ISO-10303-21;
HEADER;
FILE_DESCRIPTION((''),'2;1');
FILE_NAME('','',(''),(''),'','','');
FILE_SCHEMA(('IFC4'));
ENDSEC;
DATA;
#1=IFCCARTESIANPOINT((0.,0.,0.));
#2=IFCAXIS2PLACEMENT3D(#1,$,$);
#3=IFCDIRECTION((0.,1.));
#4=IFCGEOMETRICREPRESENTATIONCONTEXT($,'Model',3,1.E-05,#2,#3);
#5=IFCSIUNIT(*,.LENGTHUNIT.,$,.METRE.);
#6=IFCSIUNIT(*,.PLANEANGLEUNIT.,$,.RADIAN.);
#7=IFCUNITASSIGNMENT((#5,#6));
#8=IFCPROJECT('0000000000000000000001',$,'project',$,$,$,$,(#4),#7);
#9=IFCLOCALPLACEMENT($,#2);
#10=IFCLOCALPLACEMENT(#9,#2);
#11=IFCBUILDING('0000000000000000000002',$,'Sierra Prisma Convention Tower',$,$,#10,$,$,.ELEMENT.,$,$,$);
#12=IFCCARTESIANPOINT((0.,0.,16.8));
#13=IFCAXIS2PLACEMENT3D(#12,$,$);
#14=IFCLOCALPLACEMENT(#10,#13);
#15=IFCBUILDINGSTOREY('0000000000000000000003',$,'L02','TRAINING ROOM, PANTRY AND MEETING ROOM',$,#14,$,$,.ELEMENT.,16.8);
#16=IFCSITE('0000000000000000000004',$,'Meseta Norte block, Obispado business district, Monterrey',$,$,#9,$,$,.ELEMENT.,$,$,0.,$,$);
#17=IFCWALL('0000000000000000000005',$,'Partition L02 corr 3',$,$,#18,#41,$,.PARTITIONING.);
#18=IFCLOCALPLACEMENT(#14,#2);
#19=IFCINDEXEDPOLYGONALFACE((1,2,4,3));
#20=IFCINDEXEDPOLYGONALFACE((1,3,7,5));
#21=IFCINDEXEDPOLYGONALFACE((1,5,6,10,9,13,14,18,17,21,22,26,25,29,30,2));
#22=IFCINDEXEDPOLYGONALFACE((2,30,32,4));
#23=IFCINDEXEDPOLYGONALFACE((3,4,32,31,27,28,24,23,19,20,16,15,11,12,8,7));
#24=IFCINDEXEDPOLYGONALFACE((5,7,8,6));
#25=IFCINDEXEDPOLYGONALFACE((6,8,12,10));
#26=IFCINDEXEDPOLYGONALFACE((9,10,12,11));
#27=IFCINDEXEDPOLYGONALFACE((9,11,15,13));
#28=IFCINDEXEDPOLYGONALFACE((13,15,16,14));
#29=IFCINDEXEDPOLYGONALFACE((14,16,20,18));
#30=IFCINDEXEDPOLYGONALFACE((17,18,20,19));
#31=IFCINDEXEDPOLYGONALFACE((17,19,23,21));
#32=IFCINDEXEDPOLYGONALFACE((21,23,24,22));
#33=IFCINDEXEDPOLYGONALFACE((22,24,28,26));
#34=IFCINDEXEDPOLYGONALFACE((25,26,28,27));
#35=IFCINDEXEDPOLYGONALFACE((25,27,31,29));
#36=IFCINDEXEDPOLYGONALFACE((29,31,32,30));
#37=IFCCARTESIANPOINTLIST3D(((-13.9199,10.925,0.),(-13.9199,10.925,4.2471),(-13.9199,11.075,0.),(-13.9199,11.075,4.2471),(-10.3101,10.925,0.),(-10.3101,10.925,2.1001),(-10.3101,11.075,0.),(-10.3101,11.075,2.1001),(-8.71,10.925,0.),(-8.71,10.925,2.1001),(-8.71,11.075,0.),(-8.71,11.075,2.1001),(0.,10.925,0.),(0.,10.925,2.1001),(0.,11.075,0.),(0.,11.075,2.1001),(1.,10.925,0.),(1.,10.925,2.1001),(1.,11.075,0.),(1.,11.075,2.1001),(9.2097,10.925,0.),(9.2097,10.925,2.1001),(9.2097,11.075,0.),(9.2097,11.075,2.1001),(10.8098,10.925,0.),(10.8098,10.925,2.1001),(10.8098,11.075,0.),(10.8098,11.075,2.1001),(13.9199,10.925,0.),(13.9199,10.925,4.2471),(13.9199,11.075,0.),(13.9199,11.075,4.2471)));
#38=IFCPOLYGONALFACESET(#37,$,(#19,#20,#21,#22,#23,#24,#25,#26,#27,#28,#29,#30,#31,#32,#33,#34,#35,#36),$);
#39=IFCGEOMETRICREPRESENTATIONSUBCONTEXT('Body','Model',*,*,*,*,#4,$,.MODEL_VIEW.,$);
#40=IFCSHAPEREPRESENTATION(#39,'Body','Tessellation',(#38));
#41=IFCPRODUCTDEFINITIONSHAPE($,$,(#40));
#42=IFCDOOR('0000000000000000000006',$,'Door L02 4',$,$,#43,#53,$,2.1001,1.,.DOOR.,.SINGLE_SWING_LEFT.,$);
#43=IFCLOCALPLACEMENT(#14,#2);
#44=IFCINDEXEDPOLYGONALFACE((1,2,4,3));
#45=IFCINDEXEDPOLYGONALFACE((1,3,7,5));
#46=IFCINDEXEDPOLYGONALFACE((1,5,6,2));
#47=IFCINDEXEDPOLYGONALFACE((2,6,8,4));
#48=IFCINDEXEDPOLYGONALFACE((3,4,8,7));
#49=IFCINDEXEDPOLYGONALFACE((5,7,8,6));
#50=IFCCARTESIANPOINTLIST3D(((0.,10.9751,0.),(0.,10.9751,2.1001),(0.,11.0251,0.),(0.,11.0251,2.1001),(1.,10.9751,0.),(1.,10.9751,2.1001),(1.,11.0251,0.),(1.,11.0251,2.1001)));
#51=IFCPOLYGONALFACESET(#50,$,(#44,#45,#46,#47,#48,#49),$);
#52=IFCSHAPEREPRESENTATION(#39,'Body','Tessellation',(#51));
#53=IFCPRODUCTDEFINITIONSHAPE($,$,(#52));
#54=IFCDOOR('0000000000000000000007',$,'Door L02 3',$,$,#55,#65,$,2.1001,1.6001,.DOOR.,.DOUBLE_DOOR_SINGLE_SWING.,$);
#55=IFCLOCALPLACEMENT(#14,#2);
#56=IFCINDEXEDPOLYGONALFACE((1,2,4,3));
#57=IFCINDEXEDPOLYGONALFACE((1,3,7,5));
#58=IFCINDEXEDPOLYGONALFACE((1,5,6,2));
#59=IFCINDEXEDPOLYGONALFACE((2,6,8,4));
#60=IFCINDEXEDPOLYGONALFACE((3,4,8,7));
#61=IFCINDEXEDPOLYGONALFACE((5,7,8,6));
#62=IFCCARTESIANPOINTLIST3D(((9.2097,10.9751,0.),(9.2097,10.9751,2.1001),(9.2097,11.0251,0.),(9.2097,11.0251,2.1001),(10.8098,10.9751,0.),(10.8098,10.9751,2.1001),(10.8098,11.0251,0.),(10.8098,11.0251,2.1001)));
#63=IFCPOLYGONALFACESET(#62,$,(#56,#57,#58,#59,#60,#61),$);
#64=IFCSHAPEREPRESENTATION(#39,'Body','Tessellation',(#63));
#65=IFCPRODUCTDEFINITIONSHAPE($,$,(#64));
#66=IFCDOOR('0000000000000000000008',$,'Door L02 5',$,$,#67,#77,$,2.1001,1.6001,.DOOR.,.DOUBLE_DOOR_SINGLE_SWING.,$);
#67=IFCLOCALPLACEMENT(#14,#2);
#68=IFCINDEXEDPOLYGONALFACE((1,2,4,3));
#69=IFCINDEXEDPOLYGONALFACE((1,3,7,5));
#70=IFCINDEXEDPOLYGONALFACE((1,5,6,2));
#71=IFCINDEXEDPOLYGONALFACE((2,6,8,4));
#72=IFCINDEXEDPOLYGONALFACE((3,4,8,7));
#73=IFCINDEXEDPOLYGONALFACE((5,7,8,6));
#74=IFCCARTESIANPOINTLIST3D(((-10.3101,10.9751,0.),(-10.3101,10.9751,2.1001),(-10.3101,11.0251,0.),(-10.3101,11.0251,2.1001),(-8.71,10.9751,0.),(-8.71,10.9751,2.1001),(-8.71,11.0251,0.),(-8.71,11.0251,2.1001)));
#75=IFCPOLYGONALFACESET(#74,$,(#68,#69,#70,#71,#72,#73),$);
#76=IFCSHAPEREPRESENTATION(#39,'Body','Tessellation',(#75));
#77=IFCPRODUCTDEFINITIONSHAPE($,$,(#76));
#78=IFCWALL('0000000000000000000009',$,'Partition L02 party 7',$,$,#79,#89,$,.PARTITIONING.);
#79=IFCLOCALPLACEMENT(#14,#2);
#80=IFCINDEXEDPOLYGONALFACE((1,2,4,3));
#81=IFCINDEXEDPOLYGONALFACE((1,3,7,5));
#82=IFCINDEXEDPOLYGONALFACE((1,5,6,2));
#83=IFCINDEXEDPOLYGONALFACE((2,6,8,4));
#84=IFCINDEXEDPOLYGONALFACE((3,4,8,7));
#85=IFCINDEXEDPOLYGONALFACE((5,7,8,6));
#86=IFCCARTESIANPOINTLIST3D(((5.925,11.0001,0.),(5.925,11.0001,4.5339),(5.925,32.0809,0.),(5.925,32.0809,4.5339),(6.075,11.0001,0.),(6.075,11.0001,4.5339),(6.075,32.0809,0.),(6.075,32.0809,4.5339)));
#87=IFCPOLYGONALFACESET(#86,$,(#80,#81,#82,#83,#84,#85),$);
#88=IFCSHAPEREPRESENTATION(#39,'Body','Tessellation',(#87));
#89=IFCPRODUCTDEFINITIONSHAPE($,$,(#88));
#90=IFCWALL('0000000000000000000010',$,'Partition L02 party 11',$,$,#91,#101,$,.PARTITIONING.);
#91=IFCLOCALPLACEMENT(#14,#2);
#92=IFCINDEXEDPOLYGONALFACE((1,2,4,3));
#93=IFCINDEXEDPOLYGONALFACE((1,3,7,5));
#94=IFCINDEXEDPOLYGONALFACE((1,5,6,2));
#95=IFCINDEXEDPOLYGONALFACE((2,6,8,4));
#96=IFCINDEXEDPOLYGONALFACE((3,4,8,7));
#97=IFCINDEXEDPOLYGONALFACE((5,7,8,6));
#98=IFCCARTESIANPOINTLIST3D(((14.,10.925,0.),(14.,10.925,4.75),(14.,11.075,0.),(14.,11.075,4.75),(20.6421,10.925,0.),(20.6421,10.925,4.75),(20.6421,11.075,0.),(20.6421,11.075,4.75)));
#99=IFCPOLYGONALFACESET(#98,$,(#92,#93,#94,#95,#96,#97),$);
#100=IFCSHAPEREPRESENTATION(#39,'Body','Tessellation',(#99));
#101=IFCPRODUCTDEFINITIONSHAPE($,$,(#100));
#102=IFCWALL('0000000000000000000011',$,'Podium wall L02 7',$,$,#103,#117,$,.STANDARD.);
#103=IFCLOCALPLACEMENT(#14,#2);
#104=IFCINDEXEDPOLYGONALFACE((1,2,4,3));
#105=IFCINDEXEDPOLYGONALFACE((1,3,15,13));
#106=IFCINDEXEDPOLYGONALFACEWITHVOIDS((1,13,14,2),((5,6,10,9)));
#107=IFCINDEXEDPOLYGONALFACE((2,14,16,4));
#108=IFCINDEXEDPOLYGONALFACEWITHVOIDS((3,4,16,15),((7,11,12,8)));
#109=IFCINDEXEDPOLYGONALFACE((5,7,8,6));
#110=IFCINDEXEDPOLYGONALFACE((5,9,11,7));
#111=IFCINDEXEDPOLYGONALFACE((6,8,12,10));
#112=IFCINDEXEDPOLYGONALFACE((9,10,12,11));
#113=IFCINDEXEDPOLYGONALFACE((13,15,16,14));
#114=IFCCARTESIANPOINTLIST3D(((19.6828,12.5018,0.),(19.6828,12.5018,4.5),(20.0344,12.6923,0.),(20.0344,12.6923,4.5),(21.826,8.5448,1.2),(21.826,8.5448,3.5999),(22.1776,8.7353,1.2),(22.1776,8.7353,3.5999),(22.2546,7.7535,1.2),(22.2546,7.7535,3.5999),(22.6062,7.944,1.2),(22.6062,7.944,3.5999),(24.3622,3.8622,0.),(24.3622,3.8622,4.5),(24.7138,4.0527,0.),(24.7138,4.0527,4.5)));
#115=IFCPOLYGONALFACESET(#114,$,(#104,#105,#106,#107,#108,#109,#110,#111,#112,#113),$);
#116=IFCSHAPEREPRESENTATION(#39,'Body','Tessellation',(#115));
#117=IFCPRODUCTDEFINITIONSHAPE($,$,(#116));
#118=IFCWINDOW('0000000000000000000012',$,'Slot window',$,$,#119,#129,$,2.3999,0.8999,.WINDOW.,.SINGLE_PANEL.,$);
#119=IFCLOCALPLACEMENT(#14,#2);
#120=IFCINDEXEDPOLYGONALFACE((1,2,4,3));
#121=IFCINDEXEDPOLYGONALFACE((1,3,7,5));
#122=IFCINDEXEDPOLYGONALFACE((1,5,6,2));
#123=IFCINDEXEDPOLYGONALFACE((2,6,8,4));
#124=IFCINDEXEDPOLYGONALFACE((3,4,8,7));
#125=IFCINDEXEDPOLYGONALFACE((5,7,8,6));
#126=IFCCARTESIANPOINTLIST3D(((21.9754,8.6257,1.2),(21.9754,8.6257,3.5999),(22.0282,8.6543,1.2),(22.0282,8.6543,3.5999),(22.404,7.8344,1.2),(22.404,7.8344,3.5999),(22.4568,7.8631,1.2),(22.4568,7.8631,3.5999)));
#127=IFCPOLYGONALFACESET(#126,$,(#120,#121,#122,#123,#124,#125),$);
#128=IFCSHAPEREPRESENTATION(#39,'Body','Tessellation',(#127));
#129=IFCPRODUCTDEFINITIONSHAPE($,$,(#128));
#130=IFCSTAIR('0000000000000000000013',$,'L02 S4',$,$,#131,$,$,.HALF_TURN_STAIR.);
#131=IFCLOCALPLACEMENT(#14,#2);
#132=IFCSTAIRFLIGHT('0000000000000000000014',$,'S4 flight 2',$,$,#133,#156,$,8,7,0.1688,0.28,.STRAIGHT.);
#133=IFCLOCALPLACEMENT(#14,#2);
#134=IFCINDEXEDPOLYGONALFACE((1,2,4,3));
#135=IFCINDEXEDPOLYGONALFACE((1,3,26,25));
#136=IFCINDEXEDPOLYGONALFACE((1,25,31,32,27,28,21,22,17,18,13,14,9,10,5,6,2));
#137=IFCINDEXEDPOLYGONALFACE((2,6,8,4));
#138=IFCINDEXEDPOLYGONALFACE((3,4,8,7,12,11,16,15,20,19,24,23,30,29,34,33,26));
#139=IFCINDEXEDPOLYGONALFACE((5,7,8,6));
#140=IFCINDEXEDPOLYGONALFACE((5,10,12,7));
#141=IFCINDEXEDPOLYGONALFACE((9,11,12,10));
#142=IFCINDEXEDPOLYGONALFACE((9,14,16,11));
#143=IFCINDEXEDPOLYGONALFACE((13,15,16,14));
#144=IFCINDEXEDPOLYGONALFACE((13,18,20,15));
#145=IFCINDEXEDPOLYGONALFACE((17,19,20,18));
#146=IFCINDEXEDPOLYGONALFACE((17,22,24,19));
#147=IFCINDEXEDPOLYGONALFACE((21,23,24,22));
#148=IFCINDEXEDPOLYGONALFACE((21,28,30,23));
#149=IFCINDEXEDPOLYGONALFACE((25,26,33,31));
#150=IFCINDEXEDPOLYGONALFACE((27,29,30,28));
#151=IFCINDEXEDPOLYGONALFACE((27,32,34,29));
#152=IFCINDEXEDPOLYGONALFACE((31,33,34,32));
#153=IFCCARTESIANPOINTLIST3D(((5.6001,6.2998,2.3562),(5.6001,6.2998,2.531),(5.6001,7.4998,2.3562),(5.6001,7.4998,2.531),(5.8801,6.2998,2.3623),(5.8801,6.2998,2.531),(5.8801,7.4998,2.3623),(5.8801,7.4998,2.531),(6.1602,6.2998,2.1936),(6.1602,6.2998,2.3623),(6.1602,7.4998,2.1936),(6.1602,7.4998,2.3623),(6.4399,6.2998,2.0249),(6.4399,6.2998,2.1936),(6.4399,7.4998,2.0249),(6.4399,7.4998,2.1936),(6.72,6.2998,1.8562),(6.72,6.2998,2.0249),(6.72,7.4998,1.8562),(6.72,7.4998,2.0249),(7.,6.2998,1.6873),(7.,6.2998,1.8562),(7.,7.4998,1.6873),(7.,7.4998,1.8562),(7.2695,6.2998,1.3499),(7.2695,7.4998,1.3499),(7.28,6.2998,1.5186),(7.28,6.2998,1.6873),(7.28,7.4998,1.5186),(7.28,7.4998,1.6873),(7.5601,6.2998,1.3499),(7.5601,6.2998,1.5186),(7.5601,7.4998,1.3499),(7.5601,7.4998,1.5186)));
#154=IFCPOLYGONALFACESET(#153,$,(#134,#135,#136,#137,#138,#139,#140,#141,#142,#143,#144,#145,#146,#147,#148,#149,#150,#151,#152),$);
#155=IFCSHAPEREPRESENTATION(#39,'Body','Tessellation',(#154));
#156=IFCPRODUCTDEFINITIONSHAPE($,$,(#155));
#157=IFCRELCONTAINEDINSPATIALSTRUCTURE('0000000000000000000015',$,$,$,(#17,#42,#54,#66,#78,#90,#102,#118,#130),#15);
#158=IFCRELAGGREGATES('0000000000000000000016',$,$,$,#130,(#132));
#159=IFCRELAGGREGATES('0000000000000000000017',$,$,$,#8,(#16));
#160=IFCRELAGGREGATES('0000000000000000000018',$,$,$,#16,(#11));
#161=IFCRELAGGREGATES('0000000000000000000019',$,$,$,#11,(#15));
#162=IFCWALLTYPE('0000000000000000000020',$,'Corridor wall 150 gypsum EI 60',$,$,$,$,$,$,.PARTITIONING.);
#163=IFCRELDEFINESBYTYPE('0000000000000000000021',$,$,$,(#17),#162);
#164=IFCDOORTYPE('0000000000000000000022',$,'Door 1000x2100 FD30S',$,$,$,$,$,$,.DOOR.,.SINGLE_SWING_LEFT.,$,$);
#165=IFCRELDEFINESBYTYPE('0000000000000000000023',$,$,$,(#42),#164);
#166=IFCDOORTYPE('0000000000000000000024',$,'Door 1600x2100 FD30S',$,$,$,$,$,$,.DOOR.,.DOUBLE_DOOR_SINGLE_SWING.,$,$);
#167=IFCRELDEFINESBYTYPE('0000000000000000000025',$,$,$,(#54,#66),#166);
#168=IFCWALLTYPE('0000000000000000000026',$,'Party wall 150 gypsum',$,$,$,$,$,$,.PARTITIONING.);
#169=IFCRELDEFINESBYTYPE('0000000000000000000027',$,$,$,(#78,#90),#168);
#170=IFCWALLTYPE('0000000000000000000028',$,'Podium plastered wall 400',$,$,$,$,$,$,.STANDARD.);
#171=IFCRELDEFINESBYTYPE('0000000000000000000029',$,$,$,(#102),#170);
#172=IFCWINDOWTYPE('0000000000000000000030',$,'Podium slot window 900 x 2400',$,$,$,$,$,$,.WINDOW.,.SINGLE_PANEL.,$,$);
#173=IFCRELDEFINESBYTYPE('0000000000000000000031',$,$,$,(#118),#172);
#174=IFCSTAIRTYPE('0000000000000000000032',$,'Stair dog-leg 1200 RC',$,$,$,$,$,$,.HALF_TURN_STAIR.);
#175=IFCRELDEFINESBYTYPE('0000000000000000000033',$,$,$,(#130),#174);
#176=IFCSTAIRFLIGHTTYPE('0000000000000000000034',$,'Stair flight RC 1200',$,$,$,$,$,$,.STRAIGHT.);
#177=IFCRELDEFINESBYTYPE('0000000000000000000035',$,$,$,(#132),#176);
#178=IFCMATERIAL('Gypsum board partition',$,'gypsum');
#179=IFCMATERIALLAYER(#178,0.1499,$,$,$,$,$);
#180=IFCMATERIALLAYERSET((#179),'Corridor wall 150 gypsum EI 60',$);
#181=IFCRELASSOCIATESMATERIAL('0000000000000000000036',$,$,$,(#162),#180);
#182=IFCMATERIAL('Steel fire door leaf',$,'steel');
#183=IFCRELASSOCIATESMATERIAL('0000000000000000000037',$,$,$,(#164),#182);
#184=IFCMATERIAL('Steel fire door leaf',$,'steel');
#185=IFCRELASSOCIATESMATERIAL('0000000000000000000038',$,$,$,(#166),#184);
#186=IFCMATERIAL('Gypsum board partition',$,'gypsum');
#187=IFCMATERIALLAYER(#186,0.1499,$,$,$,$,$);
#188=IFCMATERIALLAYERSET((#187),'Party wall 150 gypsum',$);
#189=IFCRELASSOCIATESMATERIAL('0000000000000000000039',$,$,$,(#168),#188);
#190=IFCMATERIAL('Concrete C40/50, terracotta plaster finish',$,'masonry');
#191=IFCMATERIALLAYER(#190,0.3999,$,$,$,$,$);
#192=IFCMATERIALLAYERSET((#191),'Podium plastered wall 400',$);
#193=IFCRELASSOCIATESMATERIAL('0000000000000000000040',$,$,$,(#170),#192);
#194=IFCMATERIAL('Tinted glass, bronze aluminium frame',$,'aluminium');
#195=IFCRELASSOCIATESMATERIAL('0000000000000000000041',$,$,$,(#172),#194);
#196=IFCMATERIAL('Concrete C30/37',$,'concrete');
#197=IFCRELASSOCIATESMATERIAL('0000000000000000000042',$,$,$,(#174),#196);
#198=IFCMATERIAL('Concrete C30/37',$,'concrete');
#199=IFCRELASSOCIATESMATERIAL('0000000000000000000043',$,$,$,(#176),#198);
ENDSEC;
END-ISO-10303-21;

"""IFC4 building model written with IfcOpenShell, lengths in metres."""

from ifc_helpers import new_model, si_unit, direction, frame, frame_2d, origin, place, context, subcontext, project, spatial, polyline, rectangle, outline, extrude, material, layer, layer_set, type_object, element, fill, aggregate, save


model = new_model("IFC4")

# Units and contexts
model_context = context("Model", 3, precision=1e-05, world=origin(), true_north=direction((0.0, 1.0)))
body_context = subcontext(model_context, "Body", "Model", "MODEL_VIEW")
ifc_project = project(units=[si_unit("LENGTHUNIT", "METRE"), si_unit("PLANEANGLEUNIT", "RADIAN")], contexts=[model_context])

# Site, building, storey
site_placement = place(None, origin())
site = spatial("IfcSite", under=ifc_project, at=site_placement, Name="Meseta Norte block, Obispado business district, Monterrey", CompositionType="ELEMENT", RefElevation=0.0)
building_placement = place(site_placement, origin())
building = spatial("IfcBuilding", under=site, at=building_placement, Name="Sierra Prisma Convention Tower", CompositionType="ELEMENT")
storey_placement = place(building_placement, frame((0.0, 0.0, 16.8)))
storey = spatial("IfcBuildingStorey", under=building, at=storey_placement, Name="L02", Description="TRAINING ROOM, PANTRY AND MEETING ROOM", CompositionType="ELEMENT", Elevation=16.8)

# Wall, openings, doors
ifc_material_1 = material(Name="Gypsum board partition", Category="gypsum")
ifc_layer_1 = layer(ifc_material_1, 0.1499)
ifc_layer_set_1 = layer_set([ifc_layer_1], Name="Corridor wall 150 gypsum EI 60")
wall_type_1 = type_object("IfcWallType", Name="Corridor wall 150 gypsum EI 60", PredefinedType="PARTITIONING", material=ifc_layer_set_1)
wall_1_placement = place(storey_placement, frame((13.9199, 11.0, 0.0), z_axis=(0.0, 0.0, 1.0), x_axis=(-1.0, 0.0, 0.0)))
wall_1 = element("IfcWall", 1, at=wall_1_placement, inside=storey, type_object=wall_type_1, Name="Partition L02 corr 3", PredefinedType="PARTITIONING", context=body_context, shape_type="SweptSolid", body=[
    extrude(rectangle(XDim=27.8398, YDim=0.1499, at=frame_2d((13.9199, 0.0))), origin(), (0.0, 0.0, 1.0), 4.2471),
])
opening_1_placement = place(wall_1_placement, frame((3.1101, 0.0, 0.0)))
opening_1 = element("IfcOpeningElement", 2, at=opening_1_placement, cuts=wall_1, PredefinedType="OPENING", context=body_context, shape_type="SweptSolid", body=[
    extrude(rectangle(XDim=1.6001, YDim=2.1001, at=frame_2d((0.8, 1.05))), frame((0.0, 0.075, 0.0), z_axis=(0.0, -1.0, 0.0), x_axis=(1.0, 0.0, 0.0)), (0.0, 0.0, 1.0), 0.1499),
])
opening_2_placement = place(wall_1_placement, frame((12.9199, 0.0, 0.0)))
opening_2 = element("IfcOpeningElement", 3, at=opening_2_placement, cuts=wall_1, PredefinedType="OPENING", context=body_context, shape_type="SweptSolid", body=[
    extrude(rectangle(XDim=1.0, YDim=2.1001, at=frame_2d((0.5, 1.05))), frame((0.0, 0.075, 0.0), z_axis=(0.0, -1.0, 0.0), x_axis=(1.0, 0.0, 0.0)), (0.0, 0.0, 1.0), 0.1499),
])
opening_3_placement = place(wall_1_placement, frame((22.6299, 0.0, 0.0)))
opening_3 = element("IfcOpeningElement", 4, at=opening_3_placement, cuts=wall_1, PredefinedType="OPENING", context=body_context, shape_type="SweptSolid", body=[
    extrude(rectangle(XDim=1.6001, YDim=2.1001, at=frame_2d((0.8, 1.05))), frame((0.0, 0.075, 0.0), z_axis=(0.0, -1.0, 0.0), x_axis=(1.0, 0.0, 0.0)), (0.0, 0.0, 1.0), 0.1499),
])
ifc_material_2 = material(Name="Steel fire door leaf", Category="steel")
door_type_1 = type_object("IfcDoorType", Name="Door 1000x2100 FD30S", OperationType="SINGLE_SWING_LEFT", PredefinedType="DOOR", material=ifc_material_2)
door_1_placement = place(opening_2_placement, origin())
door_1 = element("IfcDoor", 5, at=door_1_placement, inside=storey, type_object=door_type_1, Name="Door L02 4", OperationType="SINGLE_SWING_LEFT", OverallHeight=2.1001, OverallWidth=1.0, PredefinedType="DOOR", context=body_context, shape_type="SweptSolid", body=[
    extrude(rectangle(XDim=1.0, YDim=2.1001, at=frame_2d((0.5, 1.05))), frame((0.0, 0.0249, 0.0), z_axis=(0.0, -1.0, 0.0), x_axis=(1.0, 0.0, 0.0)), (0.0, 0.0, 1.0), 0.05),
])
fill(opening_2, door_1)
ifc_material_3 = material(Name="Steel fire door leaf", Category="steel")
door_type_2 = type_object("IfcDoorType", Name="Door 1600x2100 FD30S", OperationType="DOUBLE_DOOR_SINGLE_SWING", PredefinedType="DOOR", material=ifc_material_3)
door_2_placement = place(opening_1_placement, origin())
door_2 = element("IfcDoor", 6, at=door_2_placement, inside=storey, type_object=door_type_2, Name="Door L02 3", OperationType="DOUBLE_DOOR_SINGLE_SWING", OverallHeight=2.1001, OverallWidth=1.6001, PredefinedType="DOOR", context=body_context, shape_type="SweptSolid", body=[
    extrude(rectangle(XDim=1.6001, YDim=2.1001, at=frame_2d((0.8, 1.05))), frame((0.0, 0.0249, 0.0), z_axis=(0.0, -1.0, 0.0), x_axis=(1.0, 0.0, 0.0)), (0.0, 0.0, 1.0), 0.05),
])
fill(opening_1, door_2)
door_3_placement = place(opening_3_placement, origin())
door_3 = element("IfcDoor", 7, at=door_3_placement, inside=storey, type_object=door_type_2, Name="Door L02 5", OperationType="DOUBLE_DOOR_SINGLE_SWING", OverallHeight=2.1001, OverallWidth=1.6001, PredefinedType="DOOR", context=body_context, shape_type="SweptSolid", body=[
    extrude(rectangle(XDim=1.6001, YDim=2.1001, at=frame_2d((0.8, 1.05))), frame((0.0, 0.0249, 0.0), z_axis=(0.0, -1.0, 0.0), x_axis=(1.0, 0.0, 0.0)), (0.0, 0.0, 1.0), 0.05),
])
fill(opening_3, door_3)

# Walls
ifc_material_4 = material(Name="Gypsum board partition", Category="gypsum")
ifc_layer_2 = layer(ifc_material_4, 0.1499)
ifc_layer_set_2 = layer_set([ifc_layer_2], Name="Party wall 150 gypsum")
wall_type_2 = type_object("IfcWallType", Name="Party wall 150 gypsum", PredefinedType="PARTITIONING", material=ifc_layer_set_2)
wall_2_placement = place(storey_placement, frame((6.0, 11.0, 0.0), z_axis=(0.0, 0.0, 1.0), x_axis=(0.0, 1.0, 0.0)))
element("IfcWall", 8, at=wall_2_placement, inside=storey, type_object=wall_type_2, Name="Partition L02 party 7", PredefinedType="PARTITIONING", context=body_context, shape_type="SweptSolid", body=[
    extrude(rectangle(XDim=21.0808, YDim=0.1499, at=frame_2d((10.5405, 0.0))), origin(), (0.0, 0.0, 1.0), 4.5339),
])
wall_3_placement = place(storey_placement, frame((14.0, 11.0, 0.0), z_axis=(0.0, 0.0, 1.0), x_axis=(1.0, 0.0, 0.0)))
element("IfcWall", 9, at=wall_3_placement, inside=storey, type_object=wall_type_2, Name="Partition L02 party 11", PredefinedType="PARTITIONING", context=body_context, shape_type="SweptSolid", body=[
    extrude(rectangle(XDim=6.6421, YDim=0.1499, at=frame_2d((3.321, 0.0))), origin(), (0.0, 0.0, 1.0), 4.75),
])

# Wall, opening, window
ifc_material_5 = material(Name="Concrete C40/50, terracotta plaster finish", Category="masonry")
ifc_layer_3 = layer(ifc_material_5, 0.3999)
ifc_layer_set_3 = layer_set([ifc_layer_3], Name="Podium plastered wall 400")
wall_type_3 = type_object("IfcWallType", Name="Podium plastered wall 400", PredefinedType="STANDARD", material=ifc_layer_set_3)
wall_4_placement = place(storey_placement, frame((19.8586, 12.5969, 0.0), z_axis=(0.0, 0.0, 1.0), x_axis=(0.476254, -0.879308, 0.0)))
wall_4 = element("IfcWall", 10, at=wall_4_placement, inside=storey, type_object=wall_type_3, Name="Podium wall L02 7", PredefinedType="STANDARD", context=body_context, shape_type="SweptSolid", body=[
    extrude(rectangle(XDim=9.8254, YDim=0.3999, at=frame_2d((4.9126, 0.0))), origin(), (0.0, 0.0, 1.0), 4.5),
])
opening_4_placement = place(wall_4_placement, frame((4.5, 0.0, 1.2)))
opening_4 = element("IfcOpeningElement", 11, at=opening_4_placement, cuts=wall_4, PredefinedType="OPENING", context=body_context, shape_type="SweptSolid", body=[
    extrude(rectangle(XDim=0.8999, YDim=2.3999, at=frame_2d((0.45, 1.2))), frame((0.0, 0.2, 0.0), z_axis=(0.0, -1.0, 0.0), x_axis=(1.0, 0.0, 0.0)), (0.0, 0.0, 1.0), 0.3999),
])
ifc_material_6 = material(Name="Tinted glass, bronze aluminium frame", Category="aluminium")
window_type = type_object("IfcWindowType", Name="Podium slot window 900 x 2400", PartitioningType="SINGLE_PANEL", PredefinedType="WINDOW", material=ifc_material_6)
window_placement = place(opening_4_placement, origin())
window = element("IfcWindow", 12, at=window_placement, inside=storey, type_object=window_type, Name="Slot window", OverallHeight=2.3999, OverallWidth=0.8999, PartitioningType="SINGLE_PANEL", PredefinedType="WINDOW", context=body_context, shape_type="SweptSolid", body=[
    extrude(rectangle(XDim=0.8999, YDim=2.3999, at=frame_2d((0.45, 1.2))), frame((0.0, 0.03, 0.0), z_axis=(0.0, -1.0, 0.0), x_axis=(1.0, 0.0, 0.0)), (0.0, 0.0, 1.0), 0.0601),
])
fill(opening_4, window)

# Stair, stair flight
ifc_material_7 = material(Name="Concrete C30/37", Category="concrete")
stair_type = type_object("IfcStairType", Name="Stair dog-leg 1200 RC", PredefinedType="HALF_TURN_STAIR", material=ifc_material_7)
stair_placement = place(storey_placement, origin())
stair = element("IfcStair", 13, at=stair_placement, inside=storey, type_object=stair_type, Name="L02 S4", PredefinedType="HALF_TURN_STAIR")
ifc_material_8 = material(Name="Concrete C30/37", Category="concrete")
stair_flight_type = type_object("IfcStairFlightType", Name="Stair flight RC 1200", PredefinedType="STRAIGHT", material=ifc_material_8)
stair_flight_1_placement = place(storey_placement, frame((7.5601, 6.8999, 1.3499), z_axis=(0.0, 0.0, 1.0), x_axis=(-1.0, 0.0, 0.0)))
stair_flight_1 = element("IfcStairFlight", 14, at=stair_flight_1_placement, type_object=stair_flight_type, Name="S4 flight 2", NumberOfRisers=8, NumberOfTreads=7, PredefinedType="STRAIGHT", RiserHeight=0.1688, TreadLength=0.28, context=body_context, shape_type="SweptSolid", body=[
    extrude(outline(polyline([(0.0, 0.0), (0.0, 0.1687), (0.28, 0.1687), (0.28, 0.3374), (0.5601, 0.3374), (0.5601, 0.5063), (0.8401, 0.5063), (0.8401, 0.675), (1.1201, 0.675), (1.1201, 0.8438), (1.3999, 0.8438), (1.3999, 1.0125), (1.6799, 1.0125), (1.6799, 1.1812), (1.96, 1.1812), (1.96, 1.3501), (1.96, 1.0063), (0.2905, 0.0), (0.0, 0.0)])), frame((0.0, 0.6001, 0.0), z_axis=(0.0, -1.0, 0.0), x_axis=(1.0, 0.0, 0.0)), (0.0, 0.0, 1.0), 1.2),
])
aggregate(stair, [stair_flight_1])

save(model, "model.ifc")
